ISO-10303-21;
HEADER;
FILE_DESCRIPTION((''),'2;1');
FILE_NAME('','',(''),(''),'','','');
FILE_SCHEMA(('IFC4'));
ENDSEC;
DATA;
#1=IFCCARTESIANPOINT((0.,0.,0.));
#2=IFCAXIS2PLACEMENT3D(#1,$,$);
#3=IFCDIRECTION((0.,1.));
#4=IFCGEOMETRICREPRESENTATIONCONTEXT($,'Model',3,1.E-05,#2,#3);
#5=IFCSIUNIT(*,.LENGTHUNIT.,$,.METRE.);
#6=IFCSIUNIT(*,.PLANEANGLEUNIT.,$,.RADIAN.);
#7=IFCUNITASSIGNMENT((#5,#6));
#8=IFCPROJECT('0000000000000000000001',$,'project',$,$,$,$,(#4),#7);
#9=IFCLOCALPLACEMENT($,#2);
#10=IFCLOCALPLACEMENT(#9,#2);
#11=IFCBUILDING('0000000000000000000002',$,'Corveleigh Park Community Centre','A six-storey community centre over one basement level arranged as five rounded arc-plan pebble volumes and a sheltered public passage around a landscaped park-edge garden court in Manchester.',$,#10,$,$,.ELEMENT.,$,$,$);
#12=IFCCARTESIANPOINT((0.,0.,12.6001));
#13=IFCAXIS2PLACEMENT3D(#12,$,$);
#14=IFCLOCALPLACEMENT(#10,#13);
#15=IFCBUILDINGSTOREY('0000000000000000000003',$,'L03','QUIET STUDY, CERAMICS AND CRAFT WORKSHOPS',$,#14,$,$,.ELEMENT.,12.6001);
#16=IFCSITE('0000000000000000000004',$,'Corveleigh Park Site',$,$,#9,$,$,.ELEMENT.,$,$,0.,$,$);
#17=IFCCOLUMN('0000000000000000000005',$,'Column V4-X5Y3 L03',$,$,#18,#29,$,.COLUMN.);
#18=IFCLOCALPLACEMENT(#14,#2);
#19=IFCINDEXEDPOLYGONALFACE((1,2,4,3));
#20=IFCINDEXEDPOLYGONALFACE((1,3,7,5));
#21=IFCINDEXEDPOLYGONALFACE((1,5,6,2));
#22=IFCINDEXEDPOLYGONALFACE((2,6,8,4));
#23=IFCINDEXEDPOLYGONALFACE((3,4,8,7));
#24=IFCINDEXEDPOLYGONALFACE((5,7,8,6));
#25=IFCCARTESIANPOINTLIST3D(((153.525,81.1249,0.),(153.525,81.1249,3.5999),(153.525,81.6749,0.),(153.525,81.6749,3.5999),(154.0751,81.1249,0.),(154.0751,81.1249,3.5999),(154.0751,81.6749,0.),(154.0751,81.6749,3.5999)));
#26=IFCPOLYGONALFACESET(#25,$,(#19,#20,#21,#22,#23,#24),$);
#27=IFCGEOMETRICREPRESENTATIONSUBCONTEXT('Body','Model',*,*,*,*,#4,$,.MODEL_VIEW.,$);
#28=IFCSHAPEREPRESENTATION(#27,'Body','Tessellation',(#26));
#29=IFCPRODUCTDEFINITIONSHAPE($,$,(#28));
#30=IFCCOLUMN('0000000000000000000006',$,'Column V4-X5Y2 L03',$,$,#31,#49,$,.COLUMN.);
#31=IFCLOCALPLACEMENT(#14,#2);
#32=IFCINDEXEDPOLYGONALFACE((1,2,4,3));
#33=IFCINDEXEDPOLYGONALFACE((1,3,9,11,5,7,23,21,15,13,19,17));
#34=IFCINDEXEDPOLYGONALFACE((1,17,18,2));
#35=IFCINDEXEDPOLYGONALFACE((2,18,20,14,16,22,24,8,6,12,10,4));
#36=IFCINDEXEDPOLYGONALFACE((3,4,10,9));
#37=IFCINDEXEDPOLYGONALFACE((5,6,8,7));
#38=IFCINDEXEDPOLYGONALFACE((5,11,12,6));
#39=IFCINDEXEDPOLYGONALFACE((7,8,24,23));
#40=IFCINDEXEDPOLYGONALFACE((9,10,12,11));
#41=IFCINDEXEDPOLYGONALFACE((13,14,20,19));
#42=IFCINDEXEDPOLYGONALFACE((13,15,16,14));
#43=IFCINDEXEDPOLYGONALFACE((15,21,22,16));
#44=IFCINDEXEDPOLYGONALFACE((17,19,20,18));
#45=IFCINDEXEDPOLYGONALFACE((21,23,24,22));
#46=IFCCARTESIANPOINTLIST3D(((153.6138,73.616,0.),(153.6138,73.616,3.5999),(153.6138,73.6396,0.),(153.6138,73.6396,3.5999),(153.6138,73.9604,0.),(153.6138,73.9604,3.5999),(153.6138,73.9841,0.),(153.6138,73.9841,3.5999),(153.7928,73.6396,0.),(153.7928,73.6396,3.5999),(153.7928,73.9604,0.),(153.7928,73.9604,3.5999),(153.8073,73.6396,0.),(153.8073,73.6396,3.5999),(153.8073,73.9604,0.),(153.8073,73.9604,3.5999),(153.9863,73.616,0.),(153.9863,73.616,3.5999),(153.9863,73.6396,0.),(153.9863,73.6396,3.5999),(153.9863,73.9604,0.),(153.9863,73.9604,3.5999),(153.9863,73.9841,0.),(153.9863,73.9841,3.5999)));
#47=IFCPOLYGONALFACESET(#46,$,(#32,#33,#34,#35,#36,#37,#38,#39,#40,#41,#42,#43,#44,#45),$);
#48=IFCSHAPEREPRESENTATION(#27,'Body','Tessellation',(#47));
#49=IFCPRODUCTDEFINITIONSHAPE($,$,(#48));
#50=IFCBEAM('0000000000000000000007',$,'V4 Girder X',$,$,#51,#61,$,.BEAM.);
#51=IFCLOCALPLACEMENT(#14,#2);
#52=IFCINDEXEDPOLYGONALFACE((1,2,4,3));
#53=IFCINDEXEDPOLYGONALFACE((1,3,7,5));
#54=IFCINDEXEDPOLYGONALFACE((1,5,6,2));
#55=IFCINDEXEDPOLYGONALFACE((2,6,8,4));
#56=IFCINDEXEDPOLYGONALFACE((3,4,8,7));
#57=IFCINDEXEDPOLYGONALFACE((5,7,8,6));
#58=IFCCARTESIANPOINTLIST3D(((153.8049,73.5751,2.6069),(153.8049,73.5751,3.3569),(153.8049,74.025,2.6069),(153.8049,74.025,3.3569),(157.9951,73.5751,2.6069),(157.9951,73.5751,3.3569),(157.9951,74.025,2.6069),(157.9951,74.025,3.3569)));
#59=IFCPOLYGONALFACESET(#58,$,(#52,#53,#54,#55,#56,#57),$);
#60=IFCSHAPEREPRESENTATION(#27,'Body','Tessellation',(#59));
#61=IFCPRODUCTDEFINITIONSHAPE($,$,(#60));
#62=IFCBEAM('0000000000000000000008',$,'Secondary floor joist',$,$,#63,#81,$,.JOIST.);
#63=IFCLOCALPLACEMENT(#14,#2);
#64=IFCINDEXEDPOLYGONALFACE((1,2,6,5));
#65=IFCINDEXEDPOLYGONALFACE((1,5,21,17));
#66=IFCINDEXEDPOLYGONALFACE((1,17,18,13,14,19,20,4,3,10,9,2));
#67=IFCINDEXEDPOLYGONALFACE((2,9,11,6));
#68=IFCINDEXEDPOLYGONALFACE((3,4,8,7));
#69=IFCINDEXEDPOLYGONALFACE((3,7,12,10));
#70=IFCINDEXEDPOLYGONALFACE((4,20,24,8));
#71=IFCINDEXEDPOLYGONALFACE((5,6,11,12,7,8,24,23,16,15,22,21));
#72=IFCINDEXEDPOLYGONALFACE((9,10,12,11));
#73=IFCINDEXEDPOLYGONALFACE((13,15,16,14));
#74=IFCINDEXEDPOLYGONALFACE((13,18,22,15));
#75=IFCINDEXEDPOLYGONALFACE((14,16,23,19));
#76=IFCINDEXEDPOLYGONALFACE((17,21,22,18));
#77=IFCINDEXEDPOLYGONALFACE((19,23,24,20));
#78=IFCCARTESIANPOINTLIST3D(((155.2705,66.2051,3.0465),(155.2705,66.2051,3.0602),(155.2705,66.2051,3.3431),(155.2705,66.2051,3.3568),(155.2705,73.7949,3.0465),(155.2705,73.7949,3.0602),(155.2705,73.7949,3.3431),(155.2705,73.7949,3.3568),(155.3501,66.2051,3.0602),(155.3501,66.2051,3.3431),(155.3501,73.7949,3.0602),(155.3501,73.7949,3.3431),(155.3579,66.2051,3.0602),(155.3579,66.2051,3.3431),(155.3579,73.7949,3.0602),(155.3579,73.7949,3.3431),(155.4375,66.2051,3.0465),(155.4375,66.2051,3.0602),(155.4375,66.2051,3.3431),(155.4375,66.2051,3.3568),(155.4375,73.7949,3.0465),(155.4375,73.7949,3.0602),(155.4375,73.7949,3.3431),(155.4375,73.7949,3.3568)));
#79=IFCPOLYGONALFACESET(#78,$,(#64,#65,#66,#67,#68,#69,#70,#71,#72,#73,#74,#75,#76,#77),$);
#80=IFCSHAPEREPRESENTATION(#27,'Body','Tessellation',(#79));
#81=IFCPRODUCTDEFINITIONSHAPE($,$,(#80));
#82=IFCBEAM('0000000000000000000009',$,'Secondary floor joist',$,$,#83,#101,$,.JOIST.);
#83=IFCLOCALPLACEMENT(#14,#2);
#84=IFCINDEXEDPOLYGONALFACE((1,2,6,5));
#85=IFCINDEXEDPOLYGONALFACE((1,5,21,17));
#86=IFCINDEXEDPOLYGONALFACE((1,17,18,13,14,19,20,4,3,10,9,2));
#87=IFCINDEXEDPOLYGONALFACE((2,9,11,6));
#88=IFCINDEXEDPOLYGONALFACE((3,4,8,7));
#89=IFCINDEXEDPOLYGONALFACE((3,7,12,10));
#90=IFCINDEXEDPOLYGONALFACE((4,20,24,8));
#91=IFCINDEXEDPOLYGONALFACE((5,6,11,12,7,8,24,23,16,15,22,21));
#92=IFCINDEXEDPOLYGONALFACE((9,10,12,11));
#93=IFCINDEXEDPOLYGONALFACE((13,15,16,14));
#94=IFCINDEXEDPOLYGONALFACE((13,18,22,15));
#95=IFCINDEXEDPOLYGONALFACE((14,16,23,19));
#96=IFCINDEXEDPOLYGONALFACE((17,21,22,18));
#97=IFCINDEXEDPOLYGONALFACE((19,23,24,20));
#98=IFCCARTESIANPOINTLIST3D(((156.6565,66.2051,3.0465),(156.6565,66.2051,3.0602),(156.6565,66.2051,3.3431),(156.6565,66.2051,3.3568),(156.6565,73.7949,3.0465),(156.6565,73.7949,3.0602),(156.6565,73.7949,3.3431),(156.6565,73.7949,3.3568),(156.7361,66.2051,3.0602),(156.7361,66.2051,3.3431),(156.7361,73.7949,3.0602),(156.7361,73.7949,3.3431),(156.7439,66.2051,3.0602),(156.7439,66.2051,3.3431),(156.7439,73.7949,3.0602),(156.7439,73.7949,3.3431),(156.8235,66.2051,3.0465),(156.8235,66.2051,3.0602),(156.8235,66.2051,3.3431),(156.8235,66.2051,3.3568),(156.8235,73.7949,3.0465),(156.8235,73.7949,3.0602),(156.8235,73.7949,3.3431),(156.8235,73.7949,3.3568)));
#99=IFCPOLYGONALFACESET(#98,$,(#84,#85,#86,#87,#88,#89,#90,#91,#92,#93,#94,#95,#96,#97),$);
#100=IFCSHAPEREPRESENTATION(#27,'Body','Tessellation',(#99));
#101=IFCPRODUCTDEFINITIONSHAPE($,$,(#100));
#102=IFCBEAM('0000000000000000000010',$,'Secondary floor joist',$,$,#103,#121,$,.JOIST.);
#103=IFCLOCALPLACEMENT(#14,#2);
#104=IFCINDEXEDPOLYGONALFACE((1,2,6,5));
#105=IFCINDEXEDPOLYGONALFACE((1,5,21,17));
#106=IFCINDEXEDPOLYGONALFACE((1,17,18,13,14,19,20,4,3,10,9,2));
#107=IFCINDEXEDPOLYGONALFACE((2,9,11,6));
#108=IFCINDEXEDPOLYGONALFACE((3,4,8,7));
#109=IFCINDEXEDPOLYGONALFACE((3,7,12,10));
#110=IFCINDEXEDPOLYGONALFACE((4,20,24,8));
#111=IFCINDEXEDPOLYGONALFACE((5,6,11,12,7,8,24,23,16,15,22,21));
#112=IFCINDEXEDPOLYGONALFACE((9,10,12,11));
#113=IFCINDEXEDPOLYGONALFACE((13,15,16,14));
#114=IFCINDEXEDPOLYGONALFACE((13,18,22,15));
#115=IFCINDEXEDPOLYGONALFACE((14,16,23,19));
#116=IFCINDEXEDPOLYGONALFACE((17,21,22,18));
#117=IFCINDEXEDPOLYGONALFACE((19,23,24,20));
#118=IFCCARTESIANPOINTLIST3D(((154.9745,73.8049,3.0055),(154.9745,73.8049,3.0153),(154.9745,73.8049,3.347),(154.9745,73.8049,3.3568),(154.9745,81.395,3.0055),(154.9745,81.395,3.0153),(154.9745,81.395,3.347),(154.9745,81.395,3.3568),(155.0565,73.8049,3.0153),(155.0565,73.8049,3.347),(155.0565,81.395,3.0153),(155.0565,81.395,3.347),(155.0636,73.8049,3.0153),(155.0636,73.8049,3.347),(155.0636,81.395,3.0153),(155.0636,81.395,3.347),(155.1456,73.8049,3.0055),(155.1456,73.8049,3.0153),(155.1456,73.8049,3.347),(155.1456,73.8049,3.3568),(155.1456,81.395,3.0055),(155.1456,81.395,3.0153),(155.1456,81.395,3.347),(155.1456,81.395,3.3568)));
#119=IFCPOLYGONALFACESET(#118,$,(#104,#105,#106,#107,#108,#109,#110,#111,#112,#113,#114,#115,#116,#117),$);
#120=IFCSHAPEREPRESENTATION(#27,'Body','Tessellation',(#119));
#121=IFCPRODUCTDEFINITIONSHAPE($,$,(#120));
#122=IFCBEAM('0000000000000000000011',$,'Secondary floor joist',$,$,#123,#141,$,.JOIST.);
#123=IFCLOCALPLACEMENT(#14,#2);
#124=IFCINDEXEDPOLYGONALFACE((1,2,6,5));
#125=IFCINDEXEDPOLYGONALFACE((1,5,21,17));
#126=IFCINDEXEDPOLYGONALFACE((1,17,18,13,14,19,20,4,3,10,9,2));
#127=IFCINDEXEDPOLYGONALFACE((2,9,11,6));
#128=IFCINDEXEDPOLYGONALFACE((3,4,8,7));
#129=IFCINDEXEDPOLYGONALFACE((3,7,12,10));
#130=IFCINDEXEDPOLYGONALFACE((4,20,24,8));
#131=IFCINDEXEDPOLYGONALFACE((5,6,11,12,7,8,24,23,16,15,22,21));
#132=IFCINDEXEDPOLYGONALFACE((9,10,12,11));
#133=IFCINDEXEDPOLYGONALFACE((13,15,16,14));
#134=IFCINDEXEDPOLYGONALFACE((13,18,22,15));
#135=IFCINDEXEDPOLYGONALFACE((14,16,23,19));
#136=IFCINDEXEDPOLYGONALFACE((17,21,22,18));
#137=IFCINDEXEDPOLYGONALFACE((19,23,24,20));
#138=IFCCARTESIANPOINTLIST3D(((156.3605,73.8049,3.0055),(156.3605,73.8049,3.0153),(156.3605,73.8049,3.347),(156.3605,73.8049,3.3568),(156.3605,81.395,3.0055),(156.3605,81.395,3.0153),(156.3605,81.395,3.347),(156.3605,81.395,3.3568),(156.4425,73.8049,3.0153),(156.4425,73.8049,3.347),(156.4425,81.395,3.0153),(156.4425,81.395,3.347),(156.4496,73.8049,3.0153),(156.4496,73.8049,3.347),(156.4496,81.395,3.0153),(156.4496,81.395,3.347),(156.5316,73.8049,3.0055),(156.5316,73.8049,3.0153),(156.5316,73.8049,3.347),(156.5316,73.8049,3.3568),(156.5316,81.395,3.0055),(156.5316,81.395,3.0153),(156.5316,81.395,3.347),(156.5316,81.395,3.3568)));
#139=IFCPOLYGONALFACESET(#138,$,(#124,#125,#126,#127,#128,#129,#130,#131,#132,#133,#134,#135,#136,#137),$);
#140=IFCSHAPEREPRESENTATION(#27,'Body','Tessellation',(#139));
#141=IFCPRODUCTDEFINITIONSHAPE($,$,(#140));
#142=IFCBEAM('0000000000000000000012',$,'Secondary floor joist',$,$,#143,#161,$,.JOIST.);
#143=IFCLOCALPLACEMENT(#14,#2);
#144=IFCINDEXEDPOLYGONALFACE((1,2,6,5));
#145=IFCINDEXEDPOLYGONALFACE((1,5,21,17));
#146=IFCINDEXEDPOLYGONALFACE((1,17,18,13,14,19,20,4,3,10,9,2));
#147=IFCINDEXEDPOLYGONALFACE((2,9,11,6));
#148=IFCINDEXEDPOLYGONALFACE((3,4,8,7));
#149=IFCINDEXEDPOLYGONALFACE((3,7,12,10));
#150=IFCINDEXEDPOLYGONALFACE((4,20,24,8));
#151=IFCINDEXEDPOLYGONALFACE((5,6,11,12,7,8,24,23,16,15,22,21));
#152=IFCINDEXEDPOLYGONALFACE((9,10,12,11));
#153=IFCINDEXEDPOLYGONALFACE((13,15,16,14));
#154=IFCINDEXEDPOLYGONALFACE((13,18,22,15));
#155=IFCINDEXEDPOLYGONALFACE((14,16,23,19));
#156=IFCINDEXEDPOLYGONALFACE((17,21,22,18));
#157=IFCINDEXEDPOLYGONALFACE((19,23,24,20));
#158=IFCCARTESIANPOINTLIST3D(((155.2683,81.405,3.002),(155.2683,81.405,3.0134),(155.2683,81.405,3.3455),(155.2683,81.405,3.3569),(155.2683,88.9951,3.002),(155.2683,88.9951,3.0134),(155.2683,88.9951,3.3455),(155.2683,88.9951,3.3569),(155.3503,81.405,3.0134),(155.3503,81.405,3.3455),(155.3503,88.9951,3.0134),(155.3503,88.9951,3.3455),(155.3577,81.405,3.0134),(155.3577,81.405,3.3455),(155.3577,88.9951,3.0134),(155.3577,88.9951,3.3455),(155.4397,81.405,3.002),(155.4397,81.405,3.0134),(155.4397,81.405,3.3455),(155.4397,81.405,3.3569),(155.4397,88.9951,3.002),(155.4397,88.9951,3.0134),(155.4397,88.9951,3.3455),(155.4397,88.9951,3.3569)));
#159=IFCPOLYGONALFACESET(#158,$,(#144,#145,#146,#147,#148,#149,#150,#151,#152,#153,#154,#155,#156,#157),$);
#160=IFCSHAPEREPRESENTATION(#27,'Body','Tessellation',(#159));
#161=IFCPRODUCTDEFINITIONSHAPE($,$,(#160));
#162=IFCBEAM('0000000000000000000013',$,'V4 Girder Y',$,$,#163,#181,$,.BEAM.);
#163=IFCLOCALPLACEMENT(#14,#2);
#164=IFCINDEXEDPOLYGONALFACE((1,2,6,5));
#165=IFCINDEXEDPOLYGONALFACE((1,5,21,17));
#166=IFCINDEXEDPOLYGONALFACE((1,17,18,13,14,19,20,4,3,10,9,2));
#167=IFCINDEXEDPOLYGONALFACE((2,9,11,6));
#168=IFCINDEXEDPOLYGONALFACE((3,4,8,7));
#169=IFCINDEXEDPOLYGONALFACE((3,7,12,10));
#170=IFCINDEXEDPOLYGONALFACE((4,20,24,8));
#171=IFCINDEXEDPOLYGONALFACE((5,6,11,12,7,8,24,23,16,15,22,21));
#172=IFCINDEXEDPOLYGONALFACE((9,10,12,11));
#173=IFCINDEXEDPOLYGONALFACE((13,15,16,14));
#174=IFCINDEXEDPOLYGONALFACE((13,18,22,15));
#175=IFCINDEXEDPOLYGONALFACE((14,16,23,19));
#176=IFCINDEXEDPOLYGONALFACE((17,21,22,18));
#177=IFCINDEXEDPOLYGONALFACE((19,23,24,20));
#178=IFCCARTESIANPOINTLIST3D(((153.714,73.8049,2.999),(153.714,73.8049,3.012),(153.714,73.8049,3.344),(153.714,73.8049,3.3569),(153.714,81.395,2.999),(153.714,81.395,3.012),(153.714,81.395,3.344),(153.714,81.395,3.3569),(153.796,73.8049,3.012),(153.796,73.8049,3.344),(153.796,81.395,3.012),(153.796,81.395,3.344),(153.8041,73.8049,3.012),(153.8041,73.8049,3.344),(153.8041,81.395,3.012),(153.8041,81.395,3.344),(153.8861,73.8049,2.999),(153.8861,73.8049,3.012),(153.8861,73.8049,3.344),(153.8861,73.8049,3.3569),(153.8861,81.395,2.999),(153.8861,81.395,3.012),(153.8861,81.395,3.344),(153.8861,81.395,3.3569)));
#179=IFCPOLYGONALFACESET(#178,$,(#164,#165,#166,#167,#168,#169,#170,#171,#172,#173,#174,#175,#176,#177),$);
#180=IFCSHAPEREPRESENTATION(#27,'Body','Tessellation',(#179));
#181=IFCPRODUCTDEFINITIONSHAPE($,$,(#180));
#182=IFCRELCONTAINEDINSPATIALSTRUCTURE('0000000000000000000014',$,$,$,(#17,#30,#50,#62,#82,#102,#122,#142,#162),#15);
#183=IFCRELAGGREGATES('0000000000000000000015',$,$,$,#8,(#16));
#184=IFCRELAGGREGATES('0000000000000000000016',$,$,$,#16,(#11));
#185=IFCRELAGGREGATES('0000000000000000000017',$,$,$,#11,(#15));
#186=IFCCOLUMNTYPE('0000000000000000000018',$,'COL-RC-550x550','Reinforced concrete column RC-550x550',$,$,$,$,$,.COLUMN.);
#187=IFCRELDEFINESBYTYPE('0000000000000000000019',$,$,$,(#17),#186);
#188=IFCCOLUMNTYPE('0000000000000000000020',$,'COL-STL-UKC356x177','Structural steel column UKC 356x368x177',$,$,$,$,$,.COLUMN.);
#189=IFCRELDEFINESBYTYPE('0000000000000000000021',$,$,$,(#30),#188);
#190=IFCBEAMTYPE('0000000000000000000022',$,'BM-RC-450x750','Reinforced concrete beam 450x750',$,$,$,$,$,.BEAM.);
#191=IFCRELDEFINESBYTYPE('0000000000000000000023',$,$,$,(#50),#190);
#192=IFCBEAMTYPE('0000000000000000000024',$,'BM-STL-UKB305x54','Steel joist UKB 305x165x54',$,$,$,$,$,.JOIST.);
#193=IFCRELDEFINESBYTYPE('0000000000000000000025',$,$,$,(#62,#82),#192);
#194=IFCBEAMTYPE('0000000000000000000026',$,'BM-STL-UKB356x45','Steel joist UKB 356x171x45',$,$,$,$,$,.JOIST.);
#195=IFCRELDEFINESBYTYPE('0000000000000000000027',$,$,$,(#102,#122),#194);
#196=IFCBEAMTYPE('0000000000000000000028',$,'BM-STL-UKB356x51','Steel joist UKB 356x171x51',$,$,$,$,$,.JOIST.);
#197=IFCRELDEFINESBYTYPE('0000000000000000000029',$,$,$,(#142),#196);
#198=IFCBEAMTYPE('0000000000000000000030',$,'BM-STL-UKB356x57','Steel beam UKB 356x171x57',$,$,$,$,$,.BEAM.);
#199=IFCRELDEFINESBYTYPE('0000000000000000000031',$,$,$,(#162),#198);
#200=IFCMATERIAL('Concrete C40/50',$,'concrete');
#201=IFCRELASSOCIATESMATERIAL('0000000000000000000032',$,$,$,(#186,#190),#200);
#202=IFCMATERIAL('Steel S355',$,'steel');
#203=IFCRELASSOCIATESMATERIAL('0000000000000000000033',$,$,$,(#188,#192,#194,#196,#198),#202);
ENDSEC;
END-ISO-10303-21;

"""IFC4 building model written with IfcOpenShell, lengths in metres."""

from ifc_helpers import new_model, si_unit, direction, frame, origin, origin_2d, place, context, subcontext, project, spatial, rectangle, i_section, extrude, material, material_profile, profile_set, type_object, element, save


model = new_model("IFC4")

# Units and contexts
model_context = context("Model", 3, precision=1e-05, world=origin(), true_north=direction((0.0, 1.0)))
body_context = subcontext(model_context, "Body", "Model", "MODEL_VIEW")
ifc_project = project(units=[si_unit("LENGTHUNIT", "METRE"), si_unit("PLANEANGLEUNIT", "RADIAN")], contexts=[model_context])

# Site, building, storey
site_placement = place(None, origin())
site = spatial("IfcSite", under=ifc_project, at=site_placement, Name="Corveleigh Park Site", CompositionType="ELEMENT", RefElevation=0.0)
building_placement = place(site_placement, origin())
building = spatial("IfcBuilding", under=site, at=building_placement, Name="Corveleigh Park Community Centre", Description="A six-storey community centre over one basement level arranged as five rounded arc-plan pebble volumes and a sheltered public passage around a landscaped park-edge garden court in Manchester.", CompositionType="ELEMENT")
storey_placement = place(building_placement, frame((0.0, 0.0, 12.6001)))
storey = spatial("IfcBuildingStorey", under=building, at=storey_placement, Name="L03", Description="QUIET STUDY, CERAMICS AND CRAFT WORKSHOPS", CompositionType="ELEMENT", Elevation=12.6001)

# Columns
ifc_material_1 = material(Name="Concrete C40/50", Category="concrete")
ifc_material_profile_1 = material_profile(ifc_material_1, rectangle(XDim=0.55, YDim=0.55, at=origin_2d()), Name="RC-550x550", Category="concrete")
ifc_profile_set_1 = profile_set([ifc_material_profile_1], Name="Concrete C40/50")
column_type_1 = type_object("IfcColumnType", Name="COL-RC-550x550", Description="Reinforced concrete column RC-550x550", PredefinedType="COLUMN", material=ifc_profile_set_1)
column_1_placement = place(storey_placement, frame((153.8, 81.3999, 0.0), z_axis=(0.0, 0.0, 1.0), x_axis=(1.0, 0.0, 0.0)))
element("IfcColumn", 1, at=column_1_placement, inside=storey, type_object=column_type_1, Name="Column V4-X5Y3 L03", PredefinedType="COLUMN", context=body_context, shape_type="SweptSolid", body=[
    extrude(rectangle(XDim=0.55, YDim=0.55, at=origin_2d()), origin(), (0.0, 0.0, 1.0), 3.5999),
])
ifc_material_2 = material(Name="Steel S355", Category="steel")
ifc_material_profile_2 = material_profile(ifc_material_2, i_section(OverallWidth=0.3726, OverallDepth=0.3682, WebThickness=0.0144, FlangeThickness=0.0237, at=origin_2d()), Name="UKC 356x368x177", Category="steel")
ifc_profile_set_2 = profile_set([ifc_material_profile_2], Name="Steel S355")
column_type_2 = type_object("IfcColumnType", Name="COL-STL-UKC356x177", Description="Structural steel column UKC 356x368x177", PredefinedType="COLUMN", material=ifc_profile_set_2)
column_2_placement = place(storey_placement, frame((153.8, 73.8, 0.0), z_axis=(0.0, 0.0, 1.0), x_axis=(1.0, 0.0, 0.0)))
element("IfcColumn", 2, at=column_2_placement, inside=storey, type_object=column_type_2, Name="Column V4-X5Y2 L03", PredefinedType="COLUMN", context=body_context, shape_type="SweptSolid", body=[
    extrude(i_section(OverallWidth=0.3726, OverallDepth=0.3682, WebThickness=0.0144, FlangeThickness=0.0237, at=origin_2d()), origin(), (0.0, 0.0, 1.0), 3.5999),
])

# Beams
ifc_material_profile_3 = material_profile(ifc_material_1, rectangle(XDim=0.45, YDim=0.75, at=origin_2d()), Name="RC-450x750", Category="concrete")
ifc_profile_set_3 = profile_set([ifc_material_profile_3], Name="Concrete C40/50")
beam_type_1 = type_object("IfcBeamType", Name="BM-RC-450x750", Description="Reinforced concrete beam 450x750", PredefinedType="BEAM", material=ifc_profile_set_3)
beam_1_placement = place(storey_placement, frame((153.8049, 73.8, 2.9819), z_axis=(1.0, 0.0, 0.0), x_axis=(0.0, 1.0, 0.0)))
element("IfcBeam", 3, at=beam_1_placement, inside=storey, type_object=beam_type_1, Name="V4 Girder X", PredefinedType="BEAM", context=body_context, shape_type="SweptSolid", body=[
    extrude(rectangle(XDim=0.45, YDim=0.75, at=origin_2d()), origin(), (0.0, 0.0, 1.0), 4.1902),
])
ifc_material_profile_4 = material_profile(ifc_material_2, i_section(OverallWidth=0.167, OverallDepth=0.3103, WebThickness=0.0078, FlangeThickness=0.0137, at=origin_2d()), Name="UKB 305x165x54", Category="steel")
ifc_profile_set_4 = profile_set([ifc_material_profile_4], Name="Steel S355")
beam_type_2 = type_object("IfcBeamType", Name="BM-STL-UKB305x54", Description="Steel joist UKB 305x165x54", PredefinedType="JOIST", material=ifc_profile_set_4)
for number, where, z_axis, x_axis, name in (
    (4, (155.354, 66.2051, 3.2017), (0.0, 1.0, 0.0), (-1.0, 0.0, 0.0), "Secondary floor joist"),
    (5, (156.74, 66.2051, 3.2017), (0.0, 1.0, 0.0), (-1.0, 0.0, 0.0), "Secondary floor joist"),
):
    element("IfcBeam", number, at=place(storey_placement, frame(where, z_axis=z_axis, x_axis=x_axis)), inside=storey, type_object=beam_type_2, Name=name, PredefinedType="JOIST", context=body_context, shape_type="SweptSolid", body=[
        extrude(i_section(OverallWidth=0.167, OverallDepth=0.3103, WebThickness=0.0078, FlangeThickness=0.0137, at=origin_2d()), origin(), (0.0, 0.0, 1.0), 7.5898),
    ])
ifc_material_profile_5 = material_profile(ifc_material_2, i_section(OverallWidth=0.1711, OverallDepth=0.3513, WebThickness=0.0071, FlangeThickness=0.0098, at=origin_2d()), Name="UKB 356x171x45", Category="steel")
ifc_profile_set_5 = profile_set([ifc_material_profile_5], Name="Steel S355")
beam_type_3 = type_object("IfcBeamType", Name="BM-STL-UKB356x45", Description="Steel joist UKB 356x171x45", PredefinedType="JOIST", material=ifc_profile_set_5)
for number, where, z_axis, x_axis, name in (
    (6, (155.0601, 73.8049, 3.1812), (0.0, 1.0, 0.0), (-1.0, 0.0, 0.0), "Secondary floor joist"),
    (7, (156.446, 73.8049, 3.1812), (0.0, 1.0, 0.0), (-1.0, 0.0, 0.0), "Secondary floor joist"),
):
    element("IfcBeam", number, at=place(storey_placement, frame(where, z_axis=z_axis, x_axis=x_axis)), inside=storey, type_object=beam_type_3, Name=name, PredefinedType="JOIST", context=body_context, shape_type="SweptSolid", body=[
        extrude(i_section(OverallWidth=0.1711, OverallDepth=0.3513, WebThickness=0.0071, FlangeThickness=0.0098, at=origin_2d()), origin(), (0.0, 0.0, 1.0), 7.5901),
    ])
ifc_material_profile_6 = material_profile(ifc_material_2, i_section(OverallWidth=0.1714, OverallDepth=0.355, WebThickness=0.0073, FlangeThickness=0.0115, at=origin_2d()), Name="UKB 356x171x51", Category="steel")
ifc_profile_set_6 = profile_set([ifc_material_profile_6], Name="Steel S355")
beam_type_4 = type_object("IfcBeamType", Name="BM-STL-UKB356x51", Description="Steel joist UKB 356x171x51", PredefinedType="JOIST", material=ifc_profile_set_6)
beam_2_placement = place(storey_placement, frame((155.354, 81.405, 3.1794), z_axis=(0.0, 1.0, 0.0), x_axis=(-1.0, 0.0, 0.0)))
element("IfcBeam", 8, at=beam_2_placement, inside=storey, type_object=beam_type_4, Name="Secondary floor joist", PredefinedType="JOIST", context=body_context, shape_type="SweptSolid", body=[
    extrude(i_section(OverallWidth=0.1714, OverallDepth=0.355, WebThickness=0.0073, FlangeThickness=0.0115, at=origin_2d()), origin(), (0.0, 0.0, 1.0), 7.5901),
])
ifc_material_profile_7 = material_profile(ifc_material_2, i_section(OverallWidth=0.1721, OverallDepth=0.3579, WebThickness=0.0081, FlangeThickness=0.0129, at=origin_2d()), Name="UKB 356x171x57", Category="steel")
ifc_profile_set_7 = profile_set([ifc_material_profile_7], Name="Steel S355")
beam_type_5 = type_object("IfcBeamType", Name="BM-STL-UKB356x57", Description="Steel beam UKB 356x171x57", PredefinedType="BEAM", material=ifc_profile_set_7)
beam_3_placement = place(storey_placement, frame((153.8, 73.8049, 3.178), z_axis=(0.0, 1.0, 0.0), x_axis=(-1.0, 0.0, 0.0)))
element("IfcBeam", 9, at=beam_3_placement, inside=storey, type_object=beam_type_5, Name="V4 Girder Y", PredefinedType="BEAM", context=body_context, shape_type="SweptSolid", body=[
    extrude(i_section(OverallWidth=0.1721, OverallDepth=0.3579, WebThickness=0.0081, FlangeThickness=0.0129, at=origin_2d()), origin(), (0.0, 0.0, 1.0), 7.5901),
])

save(model, "model.ifc")
